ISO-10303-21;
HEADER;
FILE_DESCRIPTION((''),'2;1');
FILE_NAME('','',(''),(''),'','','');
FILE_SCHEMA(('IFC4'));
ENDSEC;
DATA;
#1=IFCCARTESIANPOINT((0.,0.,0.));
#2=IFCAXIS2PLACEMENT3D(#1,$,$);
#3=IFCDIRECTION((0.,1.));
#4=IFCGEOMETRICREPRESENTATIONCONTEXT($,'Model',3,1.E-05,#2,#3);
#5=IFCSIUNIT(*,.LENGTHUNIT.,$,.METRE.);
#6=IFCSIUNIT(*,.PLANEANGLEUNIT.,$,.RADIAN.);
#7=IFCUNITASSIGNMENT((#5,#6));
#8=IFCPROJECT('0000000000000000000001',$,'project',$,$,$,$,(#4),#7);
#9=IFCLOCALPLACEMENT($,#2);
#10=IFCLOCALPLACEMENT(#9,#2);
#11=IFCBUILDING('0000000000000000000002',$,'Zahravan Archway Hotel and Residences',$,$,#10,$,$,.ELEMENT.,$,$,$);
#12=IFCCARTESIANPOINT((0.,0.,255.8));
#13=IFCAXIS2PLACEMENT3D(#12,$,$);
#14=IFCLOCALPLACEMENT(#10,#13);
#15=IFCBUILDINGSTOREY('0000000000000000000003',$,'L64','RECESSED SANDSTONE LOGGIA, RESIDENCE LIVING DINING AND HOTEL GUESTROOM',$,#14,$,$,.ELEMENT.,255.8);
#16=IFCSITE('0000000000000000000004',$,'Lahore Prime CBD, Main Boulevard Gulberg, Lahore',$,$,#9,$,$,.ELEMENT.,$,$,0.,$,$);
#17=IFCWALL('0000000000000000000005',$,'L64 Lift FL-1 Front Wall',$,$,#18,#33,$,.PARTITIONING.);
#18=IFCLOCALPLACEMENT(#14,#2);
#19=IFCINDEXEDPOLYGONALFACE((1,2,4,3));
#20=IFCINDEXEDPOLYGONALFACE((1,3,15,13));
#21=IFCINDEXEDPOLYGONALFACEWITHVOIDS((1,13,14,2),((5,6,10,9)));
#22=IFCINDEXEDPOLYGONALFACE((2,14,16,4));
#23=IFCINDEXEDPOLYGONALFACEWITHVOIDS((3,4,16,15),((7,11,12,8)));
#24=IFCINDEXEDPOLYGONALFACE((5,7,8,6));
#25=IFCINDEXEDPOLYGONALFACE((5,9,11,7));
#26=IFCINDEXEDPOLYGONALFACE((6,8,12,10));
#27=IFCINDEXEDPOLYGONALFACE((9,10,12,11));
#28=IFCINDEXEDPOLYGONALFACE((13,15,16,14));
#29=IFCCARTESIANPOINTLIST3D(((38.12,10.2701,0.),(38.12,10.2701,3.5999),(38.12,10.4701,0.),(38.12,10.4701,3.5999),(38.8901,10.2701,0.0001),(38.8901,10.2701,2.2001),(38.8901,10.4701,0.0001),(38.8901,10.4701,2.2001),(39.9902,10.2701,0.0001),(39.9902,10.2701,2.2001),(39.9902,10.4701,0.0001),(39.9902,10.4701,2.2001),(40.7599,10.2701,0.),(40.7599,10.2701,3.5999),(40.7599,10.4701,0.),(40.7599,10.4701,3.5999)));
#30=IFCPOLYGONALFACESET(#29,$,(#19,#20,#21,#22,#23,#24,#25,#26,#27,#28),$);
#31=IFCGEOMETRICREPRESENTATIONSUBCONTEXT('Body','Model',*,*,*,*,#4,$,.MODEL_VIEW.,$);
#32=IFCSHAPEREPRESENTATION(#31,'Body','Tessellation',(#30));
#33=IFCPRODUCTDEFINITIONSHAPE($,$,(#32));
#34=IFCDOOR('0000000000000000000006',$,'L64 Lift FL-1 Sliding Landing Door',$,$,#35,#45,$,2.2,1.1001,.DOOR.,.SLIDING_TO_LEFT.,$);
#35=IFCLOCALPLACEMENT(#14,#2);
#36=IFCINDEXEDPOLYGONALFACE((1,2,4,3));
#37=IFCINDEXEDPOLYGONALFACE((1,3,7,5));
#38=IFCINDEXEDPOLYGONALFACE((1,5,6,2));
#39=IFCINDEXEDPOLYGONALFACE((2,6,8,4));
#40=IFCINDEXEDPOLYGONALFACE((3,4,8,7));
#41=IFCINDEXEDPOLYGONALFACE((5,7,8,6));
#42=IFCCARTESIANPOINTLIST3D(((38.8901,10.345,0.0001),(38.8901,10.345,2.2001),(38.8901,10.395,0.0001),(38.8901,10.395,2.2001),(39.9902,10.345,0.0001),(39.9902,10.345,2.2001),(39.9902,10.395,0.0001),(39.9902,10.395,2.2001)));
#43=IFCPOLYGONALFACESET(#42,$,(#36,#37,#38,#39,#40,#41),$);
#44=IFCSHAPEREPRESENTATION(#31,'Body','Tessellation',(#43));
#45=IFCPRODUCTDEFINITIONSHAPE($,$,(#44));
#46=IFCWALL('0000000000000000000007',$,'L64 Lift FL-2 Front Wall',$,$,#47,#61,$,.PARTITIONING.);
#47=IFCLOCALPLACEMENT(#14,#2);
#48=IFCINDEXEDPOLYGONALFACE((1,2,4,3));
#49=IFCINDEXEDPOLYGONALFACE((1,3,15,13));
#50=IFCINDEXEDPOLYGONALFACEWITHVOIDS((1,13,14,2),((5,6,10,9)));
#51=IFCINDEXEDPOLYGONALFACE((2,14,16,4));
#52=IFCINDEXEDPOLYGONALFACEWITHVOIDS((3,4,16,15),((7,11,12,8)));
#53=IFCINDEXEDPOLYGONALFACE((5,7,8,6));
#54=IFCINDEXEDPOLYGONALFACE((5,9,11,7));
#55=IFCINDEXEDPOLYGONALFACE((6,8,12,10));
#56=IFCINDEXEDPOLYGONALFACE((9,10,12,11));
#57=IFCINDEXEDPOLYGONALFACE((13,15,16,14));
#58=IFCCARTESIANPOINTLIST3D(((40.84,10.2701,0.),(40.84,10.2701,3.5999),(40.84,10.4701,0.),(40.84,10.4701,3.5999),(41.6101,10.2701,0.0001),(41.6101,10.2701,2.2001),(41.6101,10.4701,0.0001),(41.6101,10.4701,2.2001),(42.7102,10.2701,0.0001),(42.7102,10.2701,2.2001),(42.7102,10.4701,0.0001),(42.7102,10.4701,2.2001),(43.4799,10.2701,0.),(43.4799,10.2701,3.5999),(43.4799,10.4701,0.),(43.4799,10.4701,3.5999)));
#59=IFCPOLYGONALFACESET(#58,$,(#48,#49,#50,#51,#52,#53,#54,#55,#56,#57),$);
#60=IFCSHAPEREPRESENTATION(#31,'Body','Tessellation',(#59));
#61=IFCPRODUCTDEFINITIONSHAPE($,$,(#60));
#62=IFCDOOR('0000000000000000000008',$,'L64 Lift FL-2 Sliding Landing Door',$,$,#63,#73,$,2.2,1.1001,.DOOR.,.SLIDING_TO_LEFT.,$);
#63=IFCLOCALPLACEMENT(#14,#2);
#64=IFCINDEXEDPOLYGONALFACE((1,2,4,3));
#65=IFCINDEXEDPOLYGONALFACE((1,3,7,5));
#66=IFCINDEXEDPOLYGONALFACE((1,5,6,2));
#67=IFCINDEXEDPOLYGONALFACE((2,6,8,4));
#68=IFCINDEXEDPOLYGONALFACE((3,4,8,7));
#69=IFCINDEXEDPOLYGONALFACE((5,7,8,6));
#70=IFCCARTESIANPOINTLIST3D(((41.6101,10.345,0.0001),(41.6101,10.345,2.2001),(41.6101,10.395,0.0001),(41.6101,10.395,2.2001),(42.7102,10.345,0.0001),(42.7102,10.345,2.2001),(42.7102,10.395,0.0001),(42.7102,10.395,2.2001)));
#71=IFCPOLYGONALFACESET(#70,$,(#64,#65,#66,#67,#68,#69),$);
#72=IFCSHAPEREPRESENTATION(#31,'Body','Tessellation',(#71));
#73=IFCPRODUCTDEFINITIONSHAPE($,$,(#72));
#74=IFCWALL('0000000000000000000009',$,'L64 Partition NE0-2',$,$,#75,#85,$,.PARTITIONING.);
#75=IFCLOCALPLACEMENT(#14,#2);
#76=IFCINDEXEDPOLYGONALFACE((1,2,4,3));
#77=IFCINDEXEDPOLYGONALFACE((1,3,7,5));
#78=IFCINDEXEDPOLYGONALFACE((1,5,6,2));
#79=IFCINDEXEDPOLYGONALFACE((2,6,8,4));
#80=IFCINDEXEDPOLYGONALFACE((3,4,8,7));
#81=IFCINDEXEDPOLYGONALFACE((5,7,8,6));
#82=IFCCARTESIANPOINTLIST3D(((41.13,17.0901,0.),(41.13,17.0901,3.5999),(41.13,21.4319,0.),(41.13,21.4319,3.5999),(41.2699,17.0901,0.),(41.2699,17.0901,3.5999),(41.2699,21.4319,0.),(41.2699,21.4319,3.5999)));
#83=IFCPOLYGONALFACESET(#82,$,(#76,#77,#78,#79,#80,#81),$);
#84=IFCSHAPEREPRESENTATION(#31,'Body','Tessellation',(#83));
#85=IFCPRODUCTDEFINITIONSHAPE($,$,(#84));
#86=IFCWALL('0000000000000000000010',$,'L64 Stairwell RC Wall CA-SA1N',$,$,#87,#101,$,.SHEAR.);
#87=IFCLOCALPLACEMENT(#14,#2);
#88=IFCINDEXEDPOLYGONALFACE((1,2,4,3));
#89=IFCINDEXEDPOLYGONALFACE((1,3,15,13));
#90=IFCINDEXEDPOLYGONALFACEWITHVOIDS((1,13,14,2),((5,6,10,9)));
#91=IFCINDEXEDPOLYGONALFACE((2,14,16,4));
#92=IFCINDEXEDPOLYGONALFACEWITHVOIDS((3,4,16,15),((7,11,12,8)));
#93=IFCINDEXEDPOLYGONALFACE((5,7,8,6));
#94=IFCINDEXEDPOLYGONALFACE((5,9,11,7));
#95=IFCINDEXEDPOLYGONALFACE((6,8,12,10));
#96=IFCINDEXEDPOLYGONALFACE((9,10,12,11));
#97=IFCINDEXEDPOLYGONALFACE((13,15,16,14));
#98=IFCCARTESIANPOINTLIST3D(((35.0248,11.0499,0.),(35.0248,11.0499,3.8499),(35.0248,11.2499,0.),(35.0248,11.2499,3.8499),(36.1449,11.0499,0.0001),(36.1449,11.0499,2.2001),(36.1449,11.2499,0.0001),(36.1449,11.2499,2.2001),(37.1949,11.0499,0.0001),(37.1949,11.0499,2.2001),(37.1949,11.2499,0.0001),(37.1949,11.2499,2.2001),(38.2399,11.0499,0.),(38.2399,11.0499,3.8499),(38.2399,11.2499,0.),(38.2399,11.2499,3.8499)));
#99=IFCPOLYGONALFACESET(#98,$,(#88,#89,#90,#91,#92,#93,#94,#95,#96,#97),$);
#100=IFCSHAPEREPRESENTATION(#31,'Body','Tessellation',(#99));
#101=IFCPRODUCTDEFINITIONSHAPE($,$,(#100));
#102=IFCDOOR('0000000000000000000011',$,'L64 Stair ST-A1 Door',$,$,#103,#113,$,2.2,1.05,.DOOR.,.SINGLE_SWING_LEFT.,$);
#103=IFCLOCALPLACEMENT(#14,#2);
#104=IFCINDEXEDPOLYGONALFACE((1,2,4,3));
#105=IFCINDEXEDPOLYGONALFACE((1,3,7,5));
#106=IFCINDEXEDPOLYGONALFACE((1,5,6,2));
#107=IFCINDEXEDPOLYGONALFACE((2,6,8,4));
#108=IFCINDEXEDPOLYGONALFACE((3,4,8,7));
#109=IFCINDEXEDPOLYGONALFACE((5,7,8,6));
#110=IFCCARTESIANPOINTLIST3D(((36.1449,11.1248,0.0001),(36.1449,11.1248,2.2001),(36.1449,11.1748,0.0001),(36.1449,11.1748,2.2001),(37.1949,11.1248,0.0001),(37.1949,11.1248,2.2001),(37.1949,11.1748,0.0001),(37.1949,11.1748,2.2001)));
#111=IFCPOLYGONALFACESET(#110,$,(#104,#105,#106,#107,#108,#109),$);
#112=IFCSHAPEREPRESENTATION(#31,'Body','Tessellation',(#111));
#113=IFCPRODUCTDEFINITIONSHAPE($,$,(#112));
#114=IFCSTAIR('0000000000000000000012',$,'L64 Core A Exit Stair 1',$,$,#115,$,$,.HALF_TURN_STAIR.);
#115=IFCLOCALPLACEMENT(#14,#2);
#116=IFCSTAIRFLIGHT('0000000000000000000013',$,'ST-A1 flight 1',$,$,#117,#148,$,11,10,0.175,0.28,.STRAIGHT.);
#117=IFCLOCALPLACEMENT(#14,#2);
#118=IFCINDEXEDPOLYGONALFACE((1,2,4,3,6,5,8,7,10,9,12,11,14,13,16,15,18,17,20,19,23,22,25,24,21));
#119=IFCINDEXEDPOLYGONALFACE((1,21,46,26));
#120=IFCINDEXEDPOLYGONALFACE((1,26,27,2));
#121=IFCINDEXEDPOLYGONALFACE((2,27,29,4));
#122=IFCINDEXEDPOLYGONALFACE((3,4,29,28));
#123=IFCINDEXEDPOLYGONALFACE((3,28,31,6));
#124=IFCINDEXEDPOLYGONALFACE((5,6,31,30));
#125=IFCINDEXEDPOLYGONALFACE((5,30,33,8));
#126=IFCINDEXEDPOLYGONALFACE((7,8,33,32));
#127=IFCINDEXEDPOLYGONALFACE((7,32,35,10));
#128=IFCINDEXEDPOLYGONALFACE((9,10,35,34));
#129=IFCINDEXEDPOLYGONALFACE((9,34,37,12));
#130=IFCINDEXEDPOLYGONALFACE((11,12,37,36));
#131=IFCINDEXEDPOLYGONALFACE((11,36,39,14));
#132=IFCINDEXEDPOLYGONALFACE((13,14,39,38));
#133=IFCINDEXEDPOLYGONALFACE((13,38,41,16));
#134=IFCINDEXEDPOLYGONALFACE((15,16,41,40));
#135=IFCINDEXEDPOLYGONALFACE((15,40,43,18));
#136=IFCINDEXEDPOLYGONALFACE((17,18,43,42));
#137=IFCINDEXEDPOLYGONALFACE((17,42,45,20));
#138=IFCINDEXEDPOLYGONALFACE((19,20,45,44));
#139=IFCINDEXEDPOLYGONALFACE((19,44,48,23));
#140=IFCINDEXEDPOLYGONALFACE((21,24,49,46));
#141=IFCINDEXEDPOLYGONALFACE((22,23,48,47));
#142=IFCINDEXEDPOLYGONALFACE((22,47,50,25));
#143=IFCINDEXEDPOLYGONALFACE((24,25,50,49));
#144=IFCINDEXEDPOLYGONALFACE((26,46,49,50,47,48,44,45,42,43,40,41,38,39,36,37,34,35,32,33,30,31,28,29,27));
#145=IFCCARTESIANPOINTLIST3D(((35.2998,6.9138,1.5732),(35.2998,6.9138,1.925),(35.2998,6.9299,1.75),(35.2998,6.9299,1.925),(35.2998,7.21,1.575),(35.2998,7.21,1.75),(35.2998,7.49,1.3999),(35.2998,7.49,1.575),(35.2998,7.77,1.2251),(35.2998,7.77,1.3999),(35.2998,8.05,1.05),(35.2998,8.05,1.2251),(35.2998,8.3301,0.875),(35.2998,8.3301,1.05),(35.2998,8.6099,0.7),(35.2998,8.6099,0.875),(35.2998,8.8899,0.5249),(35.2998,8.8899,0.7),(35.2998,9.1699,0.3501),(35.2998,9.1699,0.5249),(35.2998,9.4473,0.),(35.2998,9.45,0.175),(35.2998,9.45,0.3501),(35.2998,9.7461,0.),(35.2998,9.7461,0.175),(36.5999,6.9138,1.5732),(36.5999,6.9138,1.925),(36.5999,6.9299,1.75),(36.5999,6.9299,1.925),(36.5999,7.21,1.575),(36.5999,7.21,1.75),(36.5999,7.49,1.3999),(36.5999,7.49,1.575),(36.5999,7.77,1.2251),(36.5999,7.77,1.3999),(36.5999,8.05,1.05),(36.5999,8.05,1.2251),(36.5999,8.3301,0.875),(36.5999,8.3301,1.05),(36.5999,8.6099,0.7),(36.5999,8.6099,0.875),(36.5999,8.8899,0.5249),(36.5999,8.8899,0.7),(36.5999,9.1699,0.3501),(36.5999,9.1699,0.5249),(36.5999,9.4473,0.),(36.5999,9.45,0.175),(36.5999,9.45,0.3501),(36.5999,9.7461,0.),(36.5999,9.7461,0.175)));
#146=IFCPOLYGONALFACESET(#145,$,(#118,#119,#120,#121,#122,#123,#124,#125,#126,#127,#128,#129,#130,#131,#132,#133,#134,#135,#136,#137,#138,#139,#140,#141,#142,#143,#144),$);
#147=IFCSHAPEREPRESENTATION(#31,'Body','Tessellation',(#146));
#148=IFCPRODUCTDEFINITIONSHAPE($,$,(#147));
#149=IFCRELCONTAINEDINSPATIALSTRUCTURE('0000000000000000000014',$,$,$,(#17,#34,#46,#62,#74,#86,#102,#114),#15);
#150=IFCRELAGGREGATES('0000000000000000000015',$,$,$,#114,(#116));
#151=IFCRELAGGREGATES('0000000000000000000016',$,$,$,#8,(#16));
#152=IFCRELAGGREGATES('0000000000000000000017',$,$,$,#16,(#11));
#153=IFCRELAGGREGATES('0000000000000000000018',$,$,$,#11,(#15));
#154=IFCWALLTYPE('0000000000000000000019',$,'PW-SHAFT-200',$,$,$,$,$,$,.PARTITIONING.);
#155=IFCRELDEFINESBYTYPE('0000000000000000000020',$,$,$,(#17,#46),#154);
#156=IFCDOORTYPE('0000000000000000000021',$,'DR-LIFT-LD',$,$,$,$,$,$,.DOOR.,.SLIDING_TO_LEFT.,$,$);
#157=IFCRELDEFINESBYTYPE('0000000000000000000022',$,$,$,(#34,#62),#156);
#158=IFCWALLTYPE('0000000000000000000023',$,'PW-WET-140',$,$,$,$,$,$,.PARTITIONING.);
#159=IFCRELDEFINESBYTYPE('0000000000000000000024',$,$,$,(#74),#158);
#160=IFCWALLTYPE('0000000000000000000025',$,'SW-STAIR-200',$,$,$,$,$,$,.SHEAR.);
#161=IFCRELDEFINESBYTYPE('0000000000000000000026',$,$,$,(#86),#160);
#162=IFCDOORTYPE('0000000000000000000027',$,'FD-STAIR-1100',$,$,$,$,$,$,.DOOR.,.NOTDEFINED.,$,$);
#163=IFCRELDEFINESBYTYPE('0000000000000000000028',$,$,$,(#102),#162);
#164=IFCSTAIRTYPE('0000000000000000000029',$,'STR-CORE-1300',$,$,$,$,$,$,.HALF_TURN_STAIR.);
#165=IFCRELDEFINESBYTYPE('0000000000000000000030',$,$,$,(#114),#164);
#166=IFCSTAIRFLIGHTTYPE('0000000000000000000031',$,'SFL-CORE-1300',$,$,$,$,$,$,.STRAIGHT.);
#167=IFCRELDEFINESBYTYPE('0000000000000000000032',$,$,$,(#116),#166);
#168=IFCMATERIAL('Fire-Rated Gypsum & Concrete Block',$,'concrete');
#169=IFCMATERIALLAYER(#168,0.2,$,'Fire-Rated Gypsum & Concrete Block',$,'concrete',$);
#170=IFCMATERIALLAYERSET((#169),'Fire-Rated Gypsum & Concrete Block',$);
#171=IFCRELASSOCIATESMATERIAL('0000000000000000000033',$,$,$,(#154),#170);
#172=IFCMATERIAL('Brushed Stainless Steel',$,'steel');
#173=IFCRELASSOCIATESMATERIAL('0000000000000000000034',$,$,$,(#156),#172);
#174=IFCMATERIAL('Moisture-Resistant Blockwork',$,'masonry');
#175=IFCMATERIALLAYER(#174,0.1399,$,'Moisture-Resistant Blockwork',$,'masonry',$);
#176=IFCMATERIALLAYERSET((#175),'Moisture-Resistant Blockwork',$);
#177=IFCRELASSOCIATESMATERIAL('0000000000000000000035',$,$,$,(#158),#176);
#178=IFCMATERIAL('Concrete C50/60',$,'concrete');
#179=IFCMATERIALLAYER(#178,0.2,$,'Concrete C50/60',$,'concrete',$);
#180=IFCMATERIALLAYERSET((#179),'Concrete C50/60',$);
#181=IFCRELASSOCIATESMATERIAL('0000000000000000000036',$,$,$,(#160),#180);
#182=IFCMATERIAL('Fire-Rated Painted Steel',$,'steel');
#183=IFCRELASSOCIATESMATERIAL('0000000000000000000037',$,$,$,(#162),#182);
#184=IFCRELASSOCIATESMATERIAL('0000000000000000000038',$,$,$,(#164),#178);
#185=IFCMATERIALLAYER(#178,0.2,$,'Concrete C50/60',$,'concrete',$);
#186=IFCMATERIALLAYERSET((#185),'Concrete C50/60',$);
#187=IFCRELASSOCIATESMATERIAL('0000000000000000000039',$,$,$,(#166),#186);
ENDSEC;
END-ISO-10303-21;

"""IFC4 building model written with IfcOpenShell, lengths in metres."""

from ifc_helpers import new_model, si_unit, direction, frame, frame_2d, origin, place, context, subcontext, project, spatial, polyline, rectangle, outline, extrude, source, transform, mapped, material, layer, layer_set, type_object, type_shapes, element, fill, aggregate, save


model = new_model("IFC4")

# Units and contexts
model_context = context("Model", 3, precision=1e-05, world=origin(), true_north=direction((0.0, 1.0)))
body_context = subcontext(model_context, "Body", "Model", "MODEL_VIEW")
ifc_project = project(units=[si_unit("LENGTHUNIT", "METRE"), si_unit("PLANEANGLEUNIT", "RADIAN")], contexts=[model_context])

# Site, building, storey
site_placement = place(None, origin())
site = spatial("IfcSite", under=ifc_project, at=site_placement, Name="Lahore Prime CBD, Main Boulevard Gulberg, Lahore", CompositionType="ELEMENT", RefElevation=0.0)
building_placement = place(site_placement, origin())
building = spatial("IfcBuilding", under=site, at=building_placement, Name="Zahravan Archway Hotel and Residences", CompositionType="ELEMENT")
storey_placement = place(building_placement, frame((0.0, 0.0, 255.8)))
storey = spatial("IfcBuildingStorey", under=building, at=storey_placement, Name="L64", Description="RECESSED SANDSTONE LOGGIA, RESIDENCE LIVING DINING AND HOTEL GUESTROOM", CompositionType="ELEMENT", Elevation=255.8)

# Shared definitions
ifc_material_1 = material(Name="Concrete C50/60", Category="concrete")

# Shared definitions
ifc_material_2 = material(Name="Fire-Rated Painted Steel", Category="steel")

# Shared definitions
ifc_material_3 = material(Name="Fire-Rated Gypsum & Concrete Block", Category="concrete")

# Shared definitions
ifc_layer_1 = layer(ifc_material_3, 0.2, Name="Fire-Rated Gypsum & Concrete Block", Category="concrete")
ifc_layer_set_1 = layer_set([ifc_layer_1], Name="Fire-Rated Gypsum & Concrete Block")
wall_type_1 = type_object("IfcWallType", Name="PW-SHAFT-200", PredefinedType="PARTITIONING", material=ifc_layer_set_1)

# Walls, openings, doors
wall_1_placement = place(storey_placement, frame((38.1201, 10.3701, 0.0), z_axis=(0.0, 0.0, 1.0), x_axis=(1.0, 0.0, 0.0)))
wall_1 = element("IfcWall", 1, at=wall_1_placement, inside=storey, type_object=wall_type_1, Name="L64 Lift FL-1 Front Wall", PredefinedType="PARTITIONING", context=body_context, shape_type="SweptSolid", body=[
    extrude(rectangle(XDim=2.6399, YDim=0.2, at=frame_2d((1.3198, 0.0))), origin(), (0.0, 0.0, 1.0), 3.5999),
])
opening_1_placement = place(wall_1_placement, frame((0.77, 0.0, 0.0)))
opening_1 = element("IfcOpeningElement", 2, at=opening_1_placement, cuts=wall_1, PredefinedType="OPENING", context=body_context, shape_type="SweptSolid", body=[
    extrude(rectangle(XDim=1.1001, YDim=2.2, at=frame_2d((0.55, 1.1001))), frame((0.0, 0.1099, 0.0), z_axis=(0.0, -1.0, 0.0), x_axis=(1.0, 0.0, 0.0)), (0.0, 0.0, 1.0), 0.22),
])
ifc_material_4 = material(Name="Brushed Stainless Steel", Category="steel")
door_type_1 = type_object("IfcDoorType", Name="DR-LIFT-LD", OperationType="SLIDING_TO_LEFT", PredefinedType="DOOR", material=ifc_material_4)
shared_shape_1 = source(origin(), body_context, "Body", "SweptSolid", [
    extrude(rectangle(XDim=1.1001, YDim=2.2, at=frame_2d((0.55, 1.1001))), frame((0.0, 0.0249, 0.0), z_axis=(0.0, -1.0, 0.0), x_axis=(1.0, 0.0, 0.0)), (0.0, 0.0, 1.0), 0.05),
])
type_shapes(door_type_1, [shared_shape_1])
door_1_placement = place(opening_1_placement, origin())
door_1 = element("IfcDoor", 3, at=door_1_placement, inside=storey, type_object=door_type_1, Name="L64 Lift FL-1 Sliding Landing Door", OperationType="SLIDING_TO_LEFT", OverallHeight=2.2, OverallWidth=1.1001, PredefinedType="DOOR", context=body_context, shape_type="MappedRepresentation", body=[
    mapped(shared_shape_1, transform((0.0, 0.0, 0.0), scale=1.0)),
])
fill(opening_1, door_1)
wall_2_placement = place(storey_placement, frame((40.8401, 10.3701, 0.0), z_axis=(0.0, 0.0, 1.0), x_axis=(1.0, 0.0, 0.0)))
wall_2 = element("IfcWall", 4, at=wall_2_placement, inside=storey, type_object=wall_type_1, Name="L64 Lift FL-2 Front Wall", PredefinedType="PARTITIONING", context=body_context, shape_type="SweptSolid", body=[
    extrude(rectangle(XDim=2.6399, YDim=0.2, at=frame_2d((1.3198, 0.0))), origin(), (0.0, 0.0, 1.0), 3.5999),
])
opening_2_placement = place(wall_2_placement, frame((0.77, 0.0, 0.0)))
opening_2 = element("IfcOpeningElement", 5, at=opening_2_placement, cuts=wall_2, PredefinedType="OPENING", context=body_context, shape_type="SweptSolid", body=[
    extrude(rectangle(XDim=1.1001, YDim=2.2, at=frame_2d((0.55, 1.1001))), frame((0.0, 0.1099, 0.0), z_axis=(0.0, -1.0, 0.0), x_axis=(1.0, 0.0, 0.0)), (0.0, 0.0, 1.0), 0.22),
])
door_2_placement = place(opening_2_placement, origin())
door_2 = element("IfcDoor", 6, at=door_2_placement, inside=storey, type_object=door_type_1, Name="L64 Lift FL-2 Sliding Landing Door", OperationType="SLIDING_TO_LEFT", OverallHeight=2.2, OverallWidth=1.1001, PredefinedType="DOOR", context=body_context, shape_type="MappedRepresentation", body=[
    mapped(shared_shape_1, transform((0.0, 0.0, 0.0), scale=1.0)),
])
fill(opening_2, door_2)

# Wall
ifc_material_5 = material(Name="Moisture-Resistant Blockwork", Category="masonry")
ifc_layer_2 = layer(ifc_material_5, 0.1399, Name="Moisture-Resistant Blockwork", Category="masonry")
ifc_layer_set_2 = layer_set([ifc_layer_2], Name="Moisture-Resistant Blockwork")
wall_type_2 = type_object("IfcWallType", Name="PW-WET-140", PredefinedType="PARTITIONING", material=ifc_layer_set_2)
wall_3_placement = place(storey_placement, frame((41.2, 17.0901, 0.0), z_axis=(0.0, 0.0, 1.0), x_axis=(0.0, 1.0, 0.0)))
element("IfcWall", 7, at=wall_3_placement, inside=storey, type_object=wall_type_2, Name="L64 Partition NE0-2", PredefinedType="PARTITIONING", context=body_context, shape_type="SweptSolid", body=[
    extrude(rectangle(XDim=4.3418, YDim=0.1399, at=frame_2d((2.1709, 0.0))), origin(), (0.0, 0.0, 1.0), 3.5999),
])

# Wall, opening, door
ifc_layer_3 = layer(ifc_material_1, 0.2, Name="Concrete C50/60", Category="concrete")
ifc_layer_set_3 = layer_set([ifc_layer_3], Name="Concrete C50/60")
wall_type_3 = type_object("IfcWallType", Name="SW-STAIR-200", PredefinedType="SHEAR", material=ifc_layer_set_3)
wall_4_placement = place(storey_placement, frame((35.0249, 11.1499, 0.0), z_axis=(0.0, 0.0, 1.0), x_axis=(1.0, 0.0, 0.0)))
wall_4 = element("IfcWall", 8, at=wall_4_placement, inside=storey, type_object=wall_type_3, Name="L64 Stairwell RC Wall CA-SA1N", PredefinedType="SHEAR", context=body_context, shape_type="SweptSolid", body=[
    extrude(rectangle(XDim=3.2151, YDim=0.2, at=frame_2d((1.6074, 0.0))), origin(), (0.0, 0.0, 1.0), 3.8499),
])
opening_3_placement = place(wall_4_placement, frame((1.1201, 0.0, 0.0)))
opening_3 = element("IfcOpeningElement", 9, at=opening_3_placement, cuts=wall_4, PredefinedType="OPENING", context=body_context, shape_type="SweptSolid", body=[
    extrude(rectangle(XDim=1.05, YDim=2.2, at=frame_2d((0.5249, 1.1001))), frame((0.0, 0.1099, 0.0), z_axis=(0.0, -1.0, 0.0), x_axis=(1.0, 0.0, 0.0)), (0.0, 0.0, 1.0), 0.22),
])
door_type_2 = type_object("IfcDoorType", Name="FD-STAIR-1100", OperationType="NOTDEFINED", PredefinedType="DOOR", material=ifc_material_2)
shared_shape_2 = source(origin(), body_context, "Body", "SweptSolid", [
    extrude(rectangle(XDim=1.05, YDim=2.2, at=frame_2d((0.5249, 1.1001))), frame((0.0, 0.0249, 0.0), z_axis=(0.0, -1.0, 0.0), x_axis=(1.0, 0.0, 0.0)), (0.0, 0.0, 1.0), 0.05),
])
type_shapes(door_type_2, [shared_shape_2])
door_3_placement = place(opening_3_placement, origin())
door_3 = element("IfcDoor", 10, at=door_3_placement, inside=storey, type_object=door_type_2, Name="L64 Stair ST-A1 Door", OperationType="SINGLE_SWING_LEFT", OverallHeight=2.2, OverallWidth=1.05, PredefinedType="DOOR", context=body_context, shape_type="MappedRepresentation", body=[
    mapped(shared_shape_2, transform((0.0, 0.0, 0.0), scale=1.0)),
])
fill(opening_3, door_3)

# Stair, stair flight
stair_type = type_object("IfcStairType", Name="STR-CORE-1300", PredefinedType="HALF_TURN_STAIR", material=ifc_material_1)
stair_placement = place(storey_placement, origin())
stair = element("IfcStair", 11, at=stair_placement, inside=storey, type_object=stair_type, Name="L64 Core A Exit Stair 1", PredefinedType="HALF_TURN_STAIR")
ifc_layer_4 = layer(ifc_material_1, 0.2, Name="Concrete C50/60", Category="concrete")
ifc_layer_set_4 = layer_set([ifc_layer_4], Name="Concrete C50/60")
stair_flight_type = type_object("IfcStairFlightType", Name="SFL-CORE-1300", PredefinedType="STRAIGHT", material=ifc_layer_set_4)
shared_shape_3 = source(origin(), body_context, "Body", "SweptSolid", [
    extrude(outline(polyline([(-0.0161, 0.0), (-0.0161, 0.175), (0.28, 0.175), (0.28, 0.3501), (0.5601, 0.3501), (0.5601, 0.5249), (0.8401, 0.5249), (0.8401, 0.7), (1.1201, 0.7), (1.1201, 0.875), (1.3999, 0.875), (1.3999, 1.05), (1.6799, 1.05), (1.6799, 1.2251), (1.96, 1.2251), (1.96, 1.3999), (2.24, 1.3999), (2.24, 1.575), (2.52, 1.575), (2.52, 1.75), (2.8, 1.75), (2.8, 1.925), (2.8162, 1.925), (2.8162, 1.5732), (0.2827, 0.0), (-0.0161, 0.0)])), frame((0.0, 0.6499, 0.0), z_axis=(0.0, -1.0, 0.0), x_axis=(1.0, 0.0, 0.0)), (0.0, 0.0, 1.0), 1.3),
])
stair_flight_placement = place(storey_placement, frame((35.95, 9.73, 0.0), z_axis=(0.0, 0.0, 1.0), x_axis=(0.0, -1.0, 0.0)))
stair_flight = element("IfcStairFlight", 12, at=stair_flight_placement, type_object=stair_flight_type, Name="ST-A1 flight 1", NumberOfRisers=11, NumberOfTreads=10, PredefinedType="STRAIGHT", RiserHeight=0.175, TreadLength=0.28, context=body_context, shape_type="MappedRepresentation", body=[
    mapped(shared_shape_3, transform((0.0, 0.0, 0.0), scale=1.0)),
])
aggregate(stair, [stair_flight])

save(model, "model.ifc")
